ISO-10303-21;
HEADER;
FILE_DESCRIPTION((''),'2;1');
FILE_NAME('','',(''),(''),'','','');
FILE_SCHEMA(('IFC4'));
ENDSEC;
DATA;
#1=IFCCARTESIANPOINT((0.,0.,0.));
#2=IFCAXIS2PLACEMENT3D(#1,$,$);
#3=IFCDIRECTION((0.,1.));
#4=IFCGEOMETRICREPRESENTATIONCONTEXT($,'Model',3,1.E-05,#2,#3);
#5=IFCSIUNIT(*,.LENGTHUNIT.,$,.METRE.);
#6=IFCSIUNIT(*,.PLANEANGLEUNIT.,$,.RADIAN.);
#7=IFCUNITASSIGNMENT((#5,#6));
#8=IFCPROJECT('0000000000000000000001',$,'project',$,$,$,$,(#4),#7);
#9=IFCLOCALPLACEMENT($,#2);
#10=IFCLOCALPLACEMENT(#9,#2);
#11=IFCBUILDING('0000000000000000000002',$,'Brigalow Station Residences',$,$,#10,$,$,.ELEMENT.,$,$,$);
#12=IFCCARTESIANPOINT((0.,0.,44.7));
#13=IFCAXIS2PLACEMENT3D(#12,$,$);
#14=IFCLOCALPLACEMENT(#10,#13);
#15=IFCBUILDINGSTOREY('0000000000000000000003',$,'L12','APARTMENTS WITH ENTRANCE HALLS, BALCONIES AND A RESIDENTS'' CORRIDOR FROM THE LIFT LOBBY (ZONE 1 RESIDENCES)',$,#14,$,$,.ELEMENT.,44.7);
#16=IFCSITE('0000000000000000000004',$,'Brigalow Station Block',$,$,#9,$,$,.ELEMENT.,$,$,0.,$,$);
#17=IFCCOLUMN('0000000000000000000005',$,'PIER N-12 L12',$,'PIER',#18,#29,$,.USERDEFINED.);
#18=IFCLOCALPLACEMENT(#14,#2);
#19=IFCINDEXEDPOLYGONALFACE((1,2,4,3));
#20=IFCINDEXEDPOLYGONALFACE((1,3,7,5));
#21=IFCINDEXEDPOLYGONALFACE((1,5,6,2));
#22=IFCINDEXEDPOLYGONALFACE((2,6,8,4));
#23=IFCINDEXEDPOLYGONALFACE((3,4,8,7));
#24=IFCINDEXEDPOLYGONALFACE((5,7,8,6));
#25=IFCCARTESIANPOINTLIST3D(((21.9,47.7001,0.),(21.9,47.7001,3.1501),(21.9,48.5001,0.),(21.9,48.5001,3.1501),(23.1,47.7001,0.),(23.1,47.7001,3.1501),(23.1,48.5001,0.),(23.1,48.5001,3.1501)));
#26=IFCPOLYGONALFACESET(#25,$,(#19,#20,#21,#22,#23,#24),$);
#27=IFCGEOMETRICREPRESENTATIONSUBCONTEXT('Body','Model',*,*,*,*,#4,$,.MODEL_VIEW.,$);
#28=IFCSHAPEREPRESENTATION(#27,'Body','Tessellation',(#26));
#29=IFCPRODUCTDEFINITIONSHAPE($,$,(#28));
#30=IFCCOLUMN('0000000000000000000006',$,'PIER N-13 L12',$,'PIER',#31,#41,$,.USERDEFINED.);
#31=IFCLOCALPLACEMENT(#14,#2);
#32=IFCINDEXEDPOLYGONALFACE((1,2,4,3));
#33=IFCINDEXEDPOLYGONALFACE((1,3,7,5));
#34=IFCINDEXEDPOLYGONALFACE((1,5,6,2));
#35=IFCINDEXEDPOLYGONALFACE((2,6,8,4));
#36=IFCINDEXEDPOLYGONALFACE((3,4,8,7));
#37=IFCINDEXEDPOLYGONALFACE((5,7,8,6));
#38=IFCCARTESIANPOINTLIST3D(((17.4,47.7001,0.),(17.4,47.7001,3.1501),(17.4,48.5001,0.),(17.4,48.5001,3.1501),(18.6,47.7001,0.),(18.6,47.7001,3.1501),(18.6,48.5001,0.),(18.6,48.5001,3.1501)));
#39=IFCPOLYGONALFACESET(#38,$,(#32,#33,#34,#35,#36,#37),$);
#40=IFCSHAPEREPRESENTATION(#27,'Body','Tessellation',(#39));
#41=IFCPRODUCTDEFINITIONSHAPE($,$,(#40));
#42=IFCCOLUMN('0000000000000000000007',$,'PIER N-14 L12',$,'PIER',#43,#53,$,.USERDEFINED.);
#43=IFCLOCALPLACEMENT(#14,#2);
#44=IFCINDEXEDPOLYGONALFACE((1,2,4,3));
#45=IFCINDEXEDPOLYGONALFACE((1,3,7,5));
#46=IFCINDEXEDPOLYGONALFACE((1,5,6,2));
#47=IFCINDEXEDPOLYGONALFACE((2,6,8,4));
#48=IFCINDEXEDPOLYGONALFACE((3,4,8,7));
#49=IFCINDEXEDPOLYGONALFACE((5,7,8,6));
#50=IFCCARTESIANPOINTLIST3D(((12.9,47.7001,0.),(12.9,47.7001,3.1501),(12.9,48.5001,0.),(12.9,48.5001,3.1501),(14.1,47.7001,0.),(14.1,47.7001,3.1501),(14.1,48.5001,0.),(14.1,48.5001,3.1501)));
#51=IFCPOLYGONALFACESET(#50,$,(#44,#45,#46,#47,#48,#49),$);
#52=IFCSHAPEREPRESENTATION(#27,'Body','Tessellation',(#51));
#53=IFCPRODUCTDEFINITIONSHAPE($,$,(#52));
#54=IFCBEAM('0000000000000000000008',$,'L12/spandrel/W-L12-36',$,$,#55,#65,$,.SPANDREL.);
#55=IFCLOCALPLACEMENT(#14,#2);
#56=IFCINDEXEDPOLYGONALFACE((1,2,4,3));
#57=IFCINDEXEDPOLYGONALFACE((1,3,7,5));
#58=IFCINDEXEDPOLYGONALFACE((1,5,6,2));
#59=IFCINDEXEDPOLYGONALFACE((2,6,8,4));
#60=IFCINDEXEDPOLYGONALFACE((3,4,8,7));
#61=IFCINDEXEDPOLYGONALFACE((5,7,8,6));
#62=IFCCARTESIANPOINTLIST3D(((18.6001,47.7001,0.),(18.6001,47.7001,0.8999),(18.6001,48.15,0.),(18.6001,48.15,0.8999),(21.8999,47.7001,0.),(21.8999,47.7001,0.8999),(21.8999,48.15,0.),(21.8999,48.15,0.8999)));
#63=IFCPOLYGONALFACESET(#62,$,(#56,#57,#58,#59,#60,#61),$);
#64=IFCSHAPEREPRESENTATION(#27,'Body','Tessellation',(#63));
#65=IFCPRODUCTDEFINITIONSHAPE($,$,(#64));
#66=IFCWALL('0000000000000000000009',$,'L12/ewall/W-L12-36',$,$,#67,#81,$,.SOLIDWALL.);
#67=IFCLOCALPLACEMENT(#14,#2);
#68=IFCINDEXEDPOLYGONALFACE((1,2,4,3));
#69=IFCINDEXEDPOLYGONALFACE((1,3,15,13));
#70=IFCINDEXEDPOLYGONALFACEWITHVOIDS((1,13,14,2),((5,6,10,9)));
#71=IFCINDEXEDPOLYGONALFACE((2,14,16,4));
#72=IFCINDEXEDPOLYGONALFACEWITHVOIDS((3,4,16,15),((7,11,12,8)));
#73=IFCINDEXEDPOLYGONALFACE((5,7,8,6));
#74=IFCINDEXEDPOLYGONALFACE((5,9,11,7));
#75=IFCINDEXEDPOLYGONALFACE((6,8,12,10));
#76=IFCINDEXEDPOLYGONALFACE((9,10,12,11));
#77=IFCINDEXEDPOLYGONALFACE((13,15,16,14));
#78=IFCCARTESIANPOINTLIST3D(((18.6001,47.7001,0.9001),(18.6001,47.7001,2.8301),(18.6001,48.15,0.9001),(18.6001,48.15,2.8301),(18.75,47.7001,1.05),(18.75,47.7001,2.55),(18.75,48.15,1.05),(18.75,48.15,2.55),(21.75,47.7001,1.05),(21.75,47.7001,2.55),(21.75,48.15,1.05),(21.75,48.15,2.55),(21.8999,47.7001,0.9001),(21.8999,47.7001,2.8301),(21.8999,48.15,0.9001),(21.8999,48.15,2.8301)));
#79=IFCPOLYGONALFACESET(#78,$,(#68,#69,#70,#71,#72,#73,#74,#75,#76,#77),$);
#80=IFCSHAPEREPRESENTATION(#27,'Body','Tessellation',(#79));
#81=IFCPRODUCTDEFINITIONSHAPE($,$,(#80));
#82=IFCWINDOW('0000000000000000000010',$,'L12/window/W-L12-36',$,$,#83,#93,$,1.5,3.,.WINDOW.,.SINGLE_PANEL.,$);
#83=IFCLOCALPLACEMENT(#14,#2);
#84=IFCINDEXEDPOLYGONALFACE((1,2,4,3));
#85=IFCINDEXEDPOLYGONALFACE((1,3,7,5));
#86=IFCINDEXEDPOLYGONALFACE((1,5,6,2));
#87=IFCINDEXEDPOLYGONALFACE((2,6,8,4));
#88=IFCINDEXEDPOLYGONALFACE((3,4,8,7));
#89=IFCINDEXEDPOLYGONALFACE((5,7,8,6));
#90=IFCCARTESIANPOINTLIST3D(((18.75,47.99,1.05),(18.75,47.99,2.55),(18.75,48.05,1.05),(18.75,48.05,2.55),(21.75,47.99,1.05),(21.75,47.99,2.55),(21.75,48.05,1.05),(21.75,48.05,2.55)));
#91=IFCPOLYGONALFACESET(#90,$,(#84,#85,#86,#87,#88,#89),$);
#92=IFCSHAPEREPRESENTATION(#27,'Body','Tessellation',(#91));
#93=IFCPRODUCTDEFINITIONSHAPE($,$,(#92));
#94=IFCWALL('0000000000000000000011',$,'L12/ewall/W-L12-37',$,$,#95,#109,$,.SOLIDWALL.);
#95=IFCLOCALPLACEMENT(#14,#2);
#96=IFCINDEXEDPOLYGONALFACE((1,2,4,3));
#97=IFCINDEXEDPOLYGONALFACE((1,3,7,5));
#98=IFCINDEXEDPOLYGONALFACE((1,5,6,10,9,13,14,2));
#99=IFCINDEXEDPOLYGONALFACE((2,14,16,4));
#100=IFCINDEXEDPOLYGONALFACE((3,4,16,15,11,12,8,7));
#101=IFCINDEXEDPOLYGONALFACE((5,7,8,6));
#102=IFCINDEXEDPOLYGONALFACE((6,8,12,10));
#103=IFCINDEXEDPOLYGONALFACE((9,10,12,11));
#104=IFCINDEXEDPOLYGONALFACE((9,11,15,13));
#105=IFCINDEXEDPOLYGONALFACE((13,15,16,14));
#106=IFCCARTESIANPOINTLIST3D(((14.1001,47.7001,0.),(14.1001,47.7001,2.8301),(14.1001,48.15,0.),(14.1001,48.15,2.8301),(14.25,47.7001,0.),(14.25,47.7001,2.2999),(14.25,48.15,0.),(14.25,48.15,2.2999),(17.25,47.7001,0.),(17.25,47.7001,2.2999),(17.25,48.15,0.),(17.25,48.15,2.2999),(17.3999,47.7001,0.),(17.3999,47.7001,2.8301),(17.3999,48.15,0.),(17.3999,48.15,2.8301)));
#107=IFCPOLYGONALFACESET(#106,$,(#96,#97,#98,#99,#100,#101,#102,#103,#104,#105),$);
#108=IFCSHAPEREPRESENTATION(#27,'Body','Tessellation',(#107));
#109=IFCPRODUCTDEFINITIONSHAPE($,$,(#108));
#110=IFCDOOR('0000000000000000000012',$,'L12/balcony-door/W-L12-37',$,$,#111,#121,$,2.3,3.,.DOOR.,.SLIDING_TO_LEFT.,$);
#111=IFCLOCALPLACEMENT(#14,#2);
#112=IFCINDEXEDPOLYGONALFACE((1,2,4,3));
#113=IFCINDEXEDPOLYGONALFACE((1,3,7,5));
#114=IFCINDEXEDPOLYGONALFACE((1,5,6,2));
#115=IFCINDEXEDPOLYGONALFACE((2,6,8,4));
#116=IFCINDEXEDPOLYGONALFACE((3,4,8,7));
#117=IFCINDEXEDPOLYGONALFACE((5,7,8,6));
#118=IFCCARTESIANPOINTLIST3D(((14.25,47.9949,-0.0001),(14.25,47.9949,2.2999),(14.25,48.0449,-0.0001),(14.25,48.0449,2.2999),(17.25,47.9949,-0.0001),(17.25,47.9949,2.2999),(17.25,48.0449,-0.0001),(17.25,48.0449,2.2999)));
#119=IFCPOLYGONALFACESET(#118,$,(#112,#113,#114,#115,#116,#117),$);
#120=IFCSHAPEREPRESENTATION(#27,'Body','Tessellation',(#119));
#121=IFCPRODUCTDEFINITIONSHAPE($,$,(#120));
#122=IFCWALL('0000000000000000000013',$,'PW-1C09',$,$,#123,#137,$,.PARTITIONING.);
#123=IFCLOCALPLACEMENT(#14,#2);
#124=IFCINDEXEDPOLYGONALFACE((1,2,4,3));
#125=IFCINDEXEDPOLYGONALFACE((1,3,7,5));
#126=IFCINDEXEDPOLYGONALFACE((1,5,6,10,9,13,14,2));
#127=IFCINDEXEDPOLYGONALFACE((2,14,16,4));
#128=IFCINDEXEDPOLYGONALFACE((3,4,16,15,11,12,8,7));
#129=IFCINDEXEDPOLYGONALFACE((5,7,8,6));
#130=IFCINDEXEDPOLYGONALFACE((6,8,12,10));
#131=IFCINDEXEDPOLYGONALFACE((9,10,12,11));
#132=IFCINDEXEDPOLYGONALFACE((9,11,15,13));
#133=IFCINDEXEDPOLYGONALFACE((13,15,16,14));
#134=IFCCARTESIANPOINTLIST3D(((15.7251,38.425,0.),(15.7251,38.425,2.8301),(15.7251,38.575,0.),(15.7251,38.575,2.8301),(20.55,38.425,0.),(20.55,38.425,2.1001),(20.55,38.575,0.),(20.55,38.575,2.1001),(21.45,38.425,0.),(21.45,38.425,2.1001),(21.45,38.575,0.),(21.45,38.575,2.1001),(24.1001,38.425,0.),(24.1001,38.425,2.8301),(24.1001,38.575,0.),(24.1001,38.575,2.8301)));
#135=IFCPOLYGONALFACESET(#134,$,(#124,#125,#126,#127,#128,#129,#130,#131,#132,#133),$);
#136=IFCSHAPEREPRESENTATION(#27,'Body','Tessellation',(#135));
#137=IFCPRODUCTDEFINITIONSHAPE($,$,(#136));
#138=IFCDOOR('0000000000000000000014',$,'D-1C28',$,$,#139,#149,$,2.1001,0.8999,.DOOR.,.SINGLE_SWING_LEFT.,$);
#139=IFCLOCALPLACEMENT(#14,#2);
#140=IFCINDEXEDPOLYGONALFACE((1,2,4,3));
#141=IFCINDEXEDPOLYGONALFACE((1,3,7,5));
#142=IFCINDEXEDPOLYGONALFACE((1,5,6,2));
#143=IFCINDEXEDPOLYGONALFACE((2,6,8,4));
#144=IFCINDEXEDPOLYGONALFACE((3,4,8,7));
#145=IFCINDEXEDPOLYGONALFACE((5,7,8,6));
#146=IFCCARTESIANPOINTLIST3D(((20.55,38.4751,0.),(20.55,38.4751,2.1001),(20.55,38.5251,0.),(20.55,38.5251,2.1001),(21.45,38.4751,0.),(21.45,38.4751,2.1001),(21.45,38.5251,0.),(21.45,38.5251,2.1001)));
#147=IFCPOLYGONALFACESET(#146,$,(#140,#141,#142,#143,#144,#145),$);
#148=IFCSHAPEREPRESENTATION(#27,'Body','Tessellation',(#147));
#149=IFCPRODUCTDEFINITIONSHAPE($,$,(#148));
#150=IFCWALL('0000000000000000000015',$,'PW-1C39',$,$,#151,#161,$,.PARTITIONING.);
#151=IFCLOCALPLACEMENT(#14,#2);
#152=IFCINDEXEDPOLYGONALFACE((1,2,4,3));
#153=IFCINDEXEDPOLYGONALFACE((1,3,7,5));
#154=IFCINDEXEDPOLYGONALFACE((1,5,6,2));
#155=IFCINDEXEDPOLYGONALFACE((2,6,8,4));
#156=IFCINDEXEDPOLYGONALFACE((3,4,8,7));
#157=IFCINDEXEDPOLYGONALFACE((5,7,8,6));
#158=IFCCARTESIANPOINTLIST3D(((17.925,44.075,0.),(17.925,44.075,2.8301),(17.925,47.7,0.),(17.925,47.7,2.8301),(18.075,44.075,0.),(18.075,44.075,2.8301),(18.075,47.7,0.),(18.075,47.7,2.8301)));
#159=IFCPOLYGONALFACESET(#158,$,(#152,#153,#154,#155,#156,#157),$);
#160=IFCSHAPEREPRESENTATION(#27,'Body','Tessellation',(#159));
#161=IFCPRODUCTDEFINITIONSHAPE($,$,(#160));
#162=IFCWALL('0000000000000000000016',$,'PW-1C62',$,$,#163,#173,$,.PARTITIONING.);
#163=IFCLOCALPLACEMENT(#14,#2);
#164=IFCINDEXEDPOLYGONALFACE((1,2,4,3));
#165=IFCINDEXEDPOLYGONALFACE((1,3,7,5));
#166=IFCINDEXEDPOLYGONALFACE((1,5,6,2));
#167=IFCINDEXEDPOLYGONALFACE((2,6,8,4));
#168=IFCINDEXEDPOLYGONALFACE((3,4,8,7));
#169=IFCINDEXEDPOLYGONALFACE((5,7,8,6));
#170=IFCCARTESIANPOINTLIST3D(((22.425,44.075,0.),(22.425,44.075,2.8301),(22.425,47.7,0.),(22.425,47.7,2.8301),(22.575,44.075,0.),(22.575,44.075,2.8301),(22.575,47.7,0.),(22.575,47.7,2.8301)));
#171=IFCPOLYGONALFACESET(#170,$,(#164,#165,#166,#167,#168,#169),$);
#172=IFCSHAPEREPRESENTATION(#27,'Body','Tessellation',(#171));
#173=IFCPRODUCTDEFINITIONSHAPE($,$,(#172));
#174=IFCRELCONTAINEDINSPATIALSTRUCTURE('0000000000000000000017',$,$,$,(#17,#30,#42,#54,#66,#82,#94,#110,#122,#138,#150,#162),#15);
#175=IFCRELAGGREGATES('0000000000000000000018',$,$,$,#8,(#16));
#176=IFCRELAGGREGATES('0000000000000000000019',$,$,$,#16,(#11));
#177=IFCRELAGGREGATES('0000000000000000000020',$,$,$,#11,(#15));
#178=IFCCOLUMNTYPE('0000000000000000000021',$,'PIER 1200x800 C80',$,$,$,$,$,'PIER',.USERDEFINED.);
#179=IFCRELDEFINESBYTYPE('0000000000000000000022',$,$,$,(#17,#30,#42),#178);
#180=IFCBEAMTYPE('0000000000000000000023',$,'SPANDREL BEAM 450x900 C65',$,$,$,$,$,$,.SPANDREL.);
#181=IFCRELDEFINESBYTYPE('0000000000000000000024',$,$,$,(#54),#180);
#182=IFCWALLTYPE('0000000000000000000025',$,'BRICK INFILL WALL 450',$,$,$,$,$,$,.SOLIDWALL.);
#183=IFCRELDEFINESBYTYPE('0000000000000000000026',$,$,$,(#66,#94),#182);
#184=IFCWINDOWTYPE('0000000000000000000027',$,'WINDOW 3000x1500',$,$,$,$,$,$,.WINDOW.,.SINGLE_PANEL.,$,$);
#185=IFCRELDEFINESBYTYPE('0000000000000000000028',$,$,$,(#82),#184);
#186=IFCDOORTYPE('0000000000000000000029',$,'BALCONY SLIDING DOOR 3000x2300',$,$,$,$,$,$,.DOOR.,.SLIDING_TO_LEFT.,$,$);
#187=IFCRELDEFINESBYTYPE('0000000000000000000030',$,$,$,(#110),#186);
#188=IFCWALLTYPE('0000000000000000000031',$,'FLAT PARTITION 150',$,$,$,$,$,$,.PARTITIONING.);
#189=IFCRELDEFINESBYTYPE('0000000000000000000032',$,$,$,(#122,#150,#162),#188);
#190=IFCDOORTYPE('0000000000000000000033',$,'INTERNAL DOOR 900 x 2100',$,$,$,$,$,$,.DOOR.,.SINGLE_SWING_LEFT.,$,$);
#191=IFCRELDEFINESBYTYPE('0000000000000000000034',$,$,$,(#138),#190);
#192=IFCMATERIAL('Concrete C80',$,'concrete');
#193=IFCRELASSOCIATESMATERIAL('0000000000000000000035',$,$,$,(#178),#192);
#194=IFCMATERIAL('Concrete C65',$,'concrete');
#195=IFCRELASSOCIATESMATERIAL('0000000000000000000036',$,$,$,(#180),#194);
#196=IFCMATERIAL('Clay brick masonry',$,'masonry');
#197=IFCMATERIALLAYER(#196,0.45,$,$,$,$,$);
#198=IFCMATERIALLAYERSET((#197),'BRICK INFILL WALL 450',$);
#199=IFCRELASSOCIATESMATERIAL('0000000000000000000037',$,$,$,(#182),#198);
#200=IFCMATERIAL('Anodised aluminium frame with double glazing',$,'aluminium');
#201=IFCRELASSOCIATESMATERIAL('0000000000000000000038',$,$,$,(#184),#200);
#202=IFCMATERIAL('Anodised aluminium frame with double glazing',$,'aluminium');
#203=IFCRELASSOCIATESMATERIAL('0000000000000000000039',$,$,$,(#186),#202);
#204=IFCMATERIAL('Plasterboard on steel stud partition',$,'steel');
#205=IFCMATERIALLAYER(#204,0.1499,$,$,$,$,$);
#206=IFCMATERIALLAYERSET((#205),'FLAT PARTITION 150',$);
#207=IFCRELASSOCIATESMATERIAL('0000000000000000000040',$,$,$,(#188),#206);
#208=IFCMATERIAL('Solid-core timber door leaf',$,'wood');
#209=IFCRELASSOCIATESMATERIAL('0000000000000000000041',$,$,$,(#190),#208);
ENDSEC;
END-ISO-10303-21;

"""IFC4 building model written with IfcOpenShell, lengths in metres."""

from ifc_helpers import new_model, si_unit, direction, frame, frame_2d, origin, origin_2d, place, context, subcontext, project, spatial, rectangle, extrude, material, layer, layer_set, material_profile, profile_set, type_object, element, fill, save


model = new_model("IFC4")

# Units and contexts
model_context = context("Model", 3, precision=1e-05, world=origin(), true_north=direction((0.0, 1.0)))
body_context = subcontext(model_context, "Body", "Model", "MODEL_VIEW")
ifc_project = project(units=[si_unit("LENGTHUNIT", "METRE"), si_unit("PLANEANGLEUNIT", "RADIAN")], contexts=[model_context])

# Site, building, storey
site_placement = place(None, origin())
site = spatial("IfcSite", under=ifc_project, at=site_placement, Name="Brigalow Station Block", CompositionType="ELEMENT", RefElevation=0.0)
building_placement = place(site_placement, origin())
building = spatial("IfcBuilding", under=site, at=building_placement, Name="Brigalow Station Residences", CompositionType="ELEMENT")
storey_placement = place(building_placement, frame((0.0, 0.0, 44.7)))
storey = spatial("IfcBuildingStorey", under=building, at=storey_placement, Name="L12", Description="APARTMENTS WITH ENTRANCE HALLS, BALCONIES AND A RESIDENTS' CORRIDOR FROM THE LIFT LOBBY (ZONE 1 RESIDENCES)", CompositionType="ELEMENT", Elevation=44.7)

# Columns
ifc_material_1 = material(Name="Concrete C80", Category="concrete")
ifc_material_profile_1 = material_profile(ifc_material_1, rectangle(XDim=1.2, YDim=0.8, at=origin_2d()), Name="RC1200x800")
ifc_profile_set_1 = profile_set([ifc_material_profile_1], Name="Concrete C80")
column_type = type_object("IfcColumnType", Name="PIER 1200x800 C80", ElementType="PIER", PredefinedType="USERDEFINED", material=ifc_profile_set_1)
for number, where, z_axis, x_axis, name in (
    (1, (22.5, 48.1001, 0.0), (0.0, 0.0, 1.0), (-1.0, 0.0, 0.0), "PIER N-12 L12"),
    (2, (18.0, 48.1001, 0.0), (0.0, 0.0, 1.0), (-1.0, 0.0, 0.0), "PIER N-13 L12"),
    (3, (13.5, 48.1001, 0.0), (0.0, 0.0, 1.0), (-1.0, 0.0, 0.0), "PIER N-14 L12"),
):
    element("IfcColumn", number, at=place(storey_placement, frame(where, z_axis=z_axis, x_axis=x_axis)), inside=storey, type_object=column_type, Name=name, ObjectType="PIER", PredefinedType="USERDEFINED", context=body_context, shape_type="SweptSolid", body=[
        extrude(rectangle(XDim=1.2, YDim=0.8, at=origin_2d()), origin(), (0.0, 0.0, 1.0), 3.1501),
    ])

# Beam
ifc_material_2 = material(Name="Concrete C65", Category="concrete")
ifc_material_profile_2 = material_profile(ifc_material_2, rectangle(XDim=0.45, YDim=0.8999, at=origin_2d()), Name="RC450x900")
ifc_profile_set_2 = profile_set([ifc_material_profile_2], Name="Concrete C65")
beam_type = type_object("IfcBeamType", Name="SPANDREL BEAM 450x900 C65", PredefinedType="SPANDREL", material=ifc_profile_set_2)
beam_placement = place(storey_placement, frame((21.8999, 47.925, 0.45), z_axis=(-1.0, 0.0, 0.0), x_axis=(0.0, -1.0, 0.0)))
element("IfcBeam", 4, at=beam_placement, inside=storey, type_object=beam_type, Name="L12/spandrel/W-L12-36", PredefinedType="SPANDREL", context=body_context, shape_type="SweptSolid", body=[
    extrude(rectangle(XDim=0.45, YDim=0.8999, at=origin_2d()), origin(), (0.0, 0.0, 1.0), 3.2998),
])

# Wall, opening, window
ifc_material_3 = material(Name="Clay brick masonry", Category="masonry")
ifc_layer_1 = layer(ifc_material_3, 0.45)
ifc_layer_set_1 = layer_set([ifc_layer_1], Name="BRICK INFILL WALL 450")
wall_type_1 = type_object("IfcWallType", Name="BRICK INFILL WALL 450", PredefinedType="SOLIDWALL", material=ifc_layer_set_1)
wall_1_placement = place(storey_placement, frame((21.8999, 47.925, 0.9001), z_axis=(0.0, 0.0, 1.0), x_axis=(-1.0, 0.0, 0.0)))
wall_1 = element("IfcWall", 5, at=wall_1_placement, inside=storey, type_object=wall_type_1, Name="L12/ewall/W-L12-36", PredefinedType="SOLIDWALL", context=body_context, shape_type="SweptSolid", body=[
    extrude(rectangle(XDim=3.2998, YDim=0.45, at=frame_2d((1.6499, 0.0))), origin(), (0.0, 0.0, 1.0), 1.9299),
])
opening_1_placement = place(wall_1_placement, frame((0.1499, 0.0, 0.1499)))
opening_1 = element("IfcOpeningElement", 6, at=opening_1_placement, cuts=wall_1, PredefinedType="OPENING", context=body_context, shape_type="SweptSolid", body=[
    extrude(rectangle(XDim=3.0, YDim=1.5, at=frame_2d((1.5, 0.75))), frame((0.0, 0.2349, 0.0), z_axis=(0.0, -1.0, 0.0), x_axis=(1.0, 0.0, 0.0)), (0.0, 0.0, 1.0), 0.47),
])
ifc_material_4 = material(Name="Anodised aluminium frame with double glazing", Category="aluminium")
window_type = type_object("IfcWindowType", Name="WINDOW 3000x1500", PartitioningType="SINGLE_PANEL", PredefinedType="WINDOW", material=ifc_material_4)
window_placement = place(opening_1_placement, origin())
window = element("IfcWindow", 7, at=window_placement, inside=storey, type_object=window_type, Name="L12/window/W-L12-36", OverallHeight=1.5, OverallWidth=3.0, PartitioningType="SINGLE_PANEL", PredefinedType="WINDOW", context=body_context, shape_type="SweptSolid", body=[
    extrude(rectangle(XDim=3.0, YDim=1.5, at=frame_2d((1.5, 0.75))), frame((0.0, -0.0649, 0.0), z_axis=(0.0, -1.0, 0.0), x_axis=(1.0, 0.0, 0.0)), (0.0, 0.0, 1.0), 0.0601),
])
fill(opening_1, window)

# Walls, openings, doors
wall_2_placement = place(storey_placement, frame((17.3999, 47.925, 0.0), z_axis=(0.0, 0.0, 1.0), x_axis=(-1.0, 0.0, 0.0)))
wall_2 = element("IfcWall", 8, at=wall_2_placement, inside=storey, type_object=wall_type_1, Name="L12/ewall/W-L12-37", PredefinedType="SOLIDWALL", context=body_context, shape_type="SweptSolid", body=[
    extrude(rectangle(XDim=3.2998, YDim=0.45, at=frame_2d((1.6499, 0.0))), origin(), (0.0, 0.0, 1.0), 2.8301),
])
opening_2_placement = place(wall_2_placement, frame((0.1499, 0.0, 0.0)))
opening_2 = element("IfcOpeningElement", 9, at=opening_2_placement, cuts=wall_2, PredefinedType="OPENING", context=body_context, shape_type="SweptSolid", body=[
    extrude(rectangle(XDim=3.0, YDim=2.3, at=frame_2d((1.5, 1.1499))), frame((0.0, 0.2349, 0.0), z_axis=(0.0, -1.0, 0.0), x_axis=(1.0, 0.0, 0.0)), (0.0, 0.0, 1.0), 0.47),
])
ifc_material_5 = material(Name="Anodised aluminium frame with double glazing", Category="aluminium")
door_type_1 = type_object("IfcDoorType", Name="BALCONY SLIDING DOOR 3000x2300", OperationType="SLIDING_TO_LEFT", PredefinedType="DOOR", material=ifc_material_5)
door_1_placement = place(opening_2_placement, origin())
door_1 = element("IfcDoor", 10, at=door_1_placement, inside=storey, type_object=door_type_1, Name="L12/balcony-door/W-L12-37", OperationType="SLIDING_TO_LEFT", OverallHeight=2.3, OverallWidth=3.0, PredefinedType="DOOR", context=body_context, shape_type="SweptSolid", body=[
    extrude(rectangle(XDim=3.0, YDim=2.3, at=frame_2d((1.5, 1.1499))), frame((0.0, -0.0698, 0.0), z_axis=(0.0, -1.0, 0.0), x_axis=(1.0, 0.0, 0.0)), (0.0, 0.0, 1.0), 0.05),
])
fill(opening_2, door_1)
ifc_material_6 = material(Name="Plasterboard on steel stud partition", Category="steel")
ifc_layer_2 = layer(ifc_material_6, 0.1499)
ifc_layer_set_2 = layer_set([ifc_layer_2], Name="FLAT PARTITION 150")
wall_type_2 = type_object("IfcWallType", Name="FLAT PARTITION 150", PredefinedType="PARTITIONING", material=ifc_layer_set_2)
wall_3_placement = place(storey_placement, frame((15.7251, 38.5, 0.0), z_axis=(0.0, 0.0, 1.0), x_axis=(1.0, 0.0, 0.0)))
wall_3 = element("IfcWall", 11, at=wall_3_placement, inside=storey, type_object=wall_type_2, Name="PW-1C09", PredefinedType="PARTITIONING", context=body_context, shape_type="SweptSolid", body=[
    extrude(rectangle(XDim=8.375, YDim=0.1499, at=frame_2d((4.1875, 0.0))), origin(), (0.0, 0.0, 1.0), 2.8301),
])
opening_3_placement = place(wall_3_placement, frame((4.825, 0.0, 0.0)))
opening_3 = element("IfcOpeningElement", 12, at=opening_3_placement, cuts=wall_3, PredefinedType="OPENING", context=body_context, shape_type="SweptSolid", body=[
    extrude(rectangle(XDim=0.8999, YDim=2.1001, at=frame_2d((0.45, 1.05))), frame((0.0, 0.085, 0.0), z_axis=(0.0, -1.0, 0.0), x_axis=(1.0, 0.0, 0.0)), (0.0, 0.0, 1.0), 0.1699),
])
ifc_material_7 = material(Name="Solid-core timber door leaf", Category="wood")
door_type_2 = type_object("IfcDoorType", Name="INTERNAL DOOR 900 x 2100", OperationType="SINGLE_SWING_LEFT", PredefinedType="DOOR", material=ifc_material_7)
door_2_placement = place(opening_3_placement, frame((0.8999, 0.0, 0.0), z_axis=(0.0, 0.0, 1.0), x_axis=(-1.0, 0.0, 0.0)))
door_2 = element("IfcDoor", 13, at=door_2_placement, inside=storey, type_object=door_type_2, Name="D-1C28", OperationType="SINGLE_SWING_LEFT", OverallHeight=2.1001, OverallWidth=0.8999, PredefinedType="DOOR", context=body_context, shape_type="SweptSolid", body=[
    extrude(rectangle(XDim=0.8999, YDim=2.1001, at=frame_2d((0.45, 1.05))), frame((0.0, 0.0249, 0.0), z_axis=(0.0, -1.0, 0.0), x_axis=(1.0, 0.0, 0.0)), (0.0, 0.0, 1.0), 0.05),
])
fill(opening_3, door_2)

# Walls
for number, where, z_axis, x_axis, name in (
    (14, (18.0, 44.075, 0.0), (0.0, 0.0, 1.0), (0.0, 1.0, 0.0), "PW-1C39"),
    (15, (22.5, 44.075, 0.0), (0.0, 0.0, 1.0), (0.0, 1.0, 0.0), "PW-1C62"),
):
    element("IfcWall", number, at=place(storey_placement, frame(where, z_axis=z_axis, x_axis=x_axis)), inside=storey, type_object=wall_type_2, Name=name, PredefinedType="PARTITIONING", context=body_context, shape_type="SweptSolid", body=[
        extrude(rectangle(XDim=3.625, YDim=0.1499, at=frame_2d((1.8125, 0.0))), origin(), (0.0, 0.0, 1.0), 2.8301),
    ])

save(model, "model.ifc")
